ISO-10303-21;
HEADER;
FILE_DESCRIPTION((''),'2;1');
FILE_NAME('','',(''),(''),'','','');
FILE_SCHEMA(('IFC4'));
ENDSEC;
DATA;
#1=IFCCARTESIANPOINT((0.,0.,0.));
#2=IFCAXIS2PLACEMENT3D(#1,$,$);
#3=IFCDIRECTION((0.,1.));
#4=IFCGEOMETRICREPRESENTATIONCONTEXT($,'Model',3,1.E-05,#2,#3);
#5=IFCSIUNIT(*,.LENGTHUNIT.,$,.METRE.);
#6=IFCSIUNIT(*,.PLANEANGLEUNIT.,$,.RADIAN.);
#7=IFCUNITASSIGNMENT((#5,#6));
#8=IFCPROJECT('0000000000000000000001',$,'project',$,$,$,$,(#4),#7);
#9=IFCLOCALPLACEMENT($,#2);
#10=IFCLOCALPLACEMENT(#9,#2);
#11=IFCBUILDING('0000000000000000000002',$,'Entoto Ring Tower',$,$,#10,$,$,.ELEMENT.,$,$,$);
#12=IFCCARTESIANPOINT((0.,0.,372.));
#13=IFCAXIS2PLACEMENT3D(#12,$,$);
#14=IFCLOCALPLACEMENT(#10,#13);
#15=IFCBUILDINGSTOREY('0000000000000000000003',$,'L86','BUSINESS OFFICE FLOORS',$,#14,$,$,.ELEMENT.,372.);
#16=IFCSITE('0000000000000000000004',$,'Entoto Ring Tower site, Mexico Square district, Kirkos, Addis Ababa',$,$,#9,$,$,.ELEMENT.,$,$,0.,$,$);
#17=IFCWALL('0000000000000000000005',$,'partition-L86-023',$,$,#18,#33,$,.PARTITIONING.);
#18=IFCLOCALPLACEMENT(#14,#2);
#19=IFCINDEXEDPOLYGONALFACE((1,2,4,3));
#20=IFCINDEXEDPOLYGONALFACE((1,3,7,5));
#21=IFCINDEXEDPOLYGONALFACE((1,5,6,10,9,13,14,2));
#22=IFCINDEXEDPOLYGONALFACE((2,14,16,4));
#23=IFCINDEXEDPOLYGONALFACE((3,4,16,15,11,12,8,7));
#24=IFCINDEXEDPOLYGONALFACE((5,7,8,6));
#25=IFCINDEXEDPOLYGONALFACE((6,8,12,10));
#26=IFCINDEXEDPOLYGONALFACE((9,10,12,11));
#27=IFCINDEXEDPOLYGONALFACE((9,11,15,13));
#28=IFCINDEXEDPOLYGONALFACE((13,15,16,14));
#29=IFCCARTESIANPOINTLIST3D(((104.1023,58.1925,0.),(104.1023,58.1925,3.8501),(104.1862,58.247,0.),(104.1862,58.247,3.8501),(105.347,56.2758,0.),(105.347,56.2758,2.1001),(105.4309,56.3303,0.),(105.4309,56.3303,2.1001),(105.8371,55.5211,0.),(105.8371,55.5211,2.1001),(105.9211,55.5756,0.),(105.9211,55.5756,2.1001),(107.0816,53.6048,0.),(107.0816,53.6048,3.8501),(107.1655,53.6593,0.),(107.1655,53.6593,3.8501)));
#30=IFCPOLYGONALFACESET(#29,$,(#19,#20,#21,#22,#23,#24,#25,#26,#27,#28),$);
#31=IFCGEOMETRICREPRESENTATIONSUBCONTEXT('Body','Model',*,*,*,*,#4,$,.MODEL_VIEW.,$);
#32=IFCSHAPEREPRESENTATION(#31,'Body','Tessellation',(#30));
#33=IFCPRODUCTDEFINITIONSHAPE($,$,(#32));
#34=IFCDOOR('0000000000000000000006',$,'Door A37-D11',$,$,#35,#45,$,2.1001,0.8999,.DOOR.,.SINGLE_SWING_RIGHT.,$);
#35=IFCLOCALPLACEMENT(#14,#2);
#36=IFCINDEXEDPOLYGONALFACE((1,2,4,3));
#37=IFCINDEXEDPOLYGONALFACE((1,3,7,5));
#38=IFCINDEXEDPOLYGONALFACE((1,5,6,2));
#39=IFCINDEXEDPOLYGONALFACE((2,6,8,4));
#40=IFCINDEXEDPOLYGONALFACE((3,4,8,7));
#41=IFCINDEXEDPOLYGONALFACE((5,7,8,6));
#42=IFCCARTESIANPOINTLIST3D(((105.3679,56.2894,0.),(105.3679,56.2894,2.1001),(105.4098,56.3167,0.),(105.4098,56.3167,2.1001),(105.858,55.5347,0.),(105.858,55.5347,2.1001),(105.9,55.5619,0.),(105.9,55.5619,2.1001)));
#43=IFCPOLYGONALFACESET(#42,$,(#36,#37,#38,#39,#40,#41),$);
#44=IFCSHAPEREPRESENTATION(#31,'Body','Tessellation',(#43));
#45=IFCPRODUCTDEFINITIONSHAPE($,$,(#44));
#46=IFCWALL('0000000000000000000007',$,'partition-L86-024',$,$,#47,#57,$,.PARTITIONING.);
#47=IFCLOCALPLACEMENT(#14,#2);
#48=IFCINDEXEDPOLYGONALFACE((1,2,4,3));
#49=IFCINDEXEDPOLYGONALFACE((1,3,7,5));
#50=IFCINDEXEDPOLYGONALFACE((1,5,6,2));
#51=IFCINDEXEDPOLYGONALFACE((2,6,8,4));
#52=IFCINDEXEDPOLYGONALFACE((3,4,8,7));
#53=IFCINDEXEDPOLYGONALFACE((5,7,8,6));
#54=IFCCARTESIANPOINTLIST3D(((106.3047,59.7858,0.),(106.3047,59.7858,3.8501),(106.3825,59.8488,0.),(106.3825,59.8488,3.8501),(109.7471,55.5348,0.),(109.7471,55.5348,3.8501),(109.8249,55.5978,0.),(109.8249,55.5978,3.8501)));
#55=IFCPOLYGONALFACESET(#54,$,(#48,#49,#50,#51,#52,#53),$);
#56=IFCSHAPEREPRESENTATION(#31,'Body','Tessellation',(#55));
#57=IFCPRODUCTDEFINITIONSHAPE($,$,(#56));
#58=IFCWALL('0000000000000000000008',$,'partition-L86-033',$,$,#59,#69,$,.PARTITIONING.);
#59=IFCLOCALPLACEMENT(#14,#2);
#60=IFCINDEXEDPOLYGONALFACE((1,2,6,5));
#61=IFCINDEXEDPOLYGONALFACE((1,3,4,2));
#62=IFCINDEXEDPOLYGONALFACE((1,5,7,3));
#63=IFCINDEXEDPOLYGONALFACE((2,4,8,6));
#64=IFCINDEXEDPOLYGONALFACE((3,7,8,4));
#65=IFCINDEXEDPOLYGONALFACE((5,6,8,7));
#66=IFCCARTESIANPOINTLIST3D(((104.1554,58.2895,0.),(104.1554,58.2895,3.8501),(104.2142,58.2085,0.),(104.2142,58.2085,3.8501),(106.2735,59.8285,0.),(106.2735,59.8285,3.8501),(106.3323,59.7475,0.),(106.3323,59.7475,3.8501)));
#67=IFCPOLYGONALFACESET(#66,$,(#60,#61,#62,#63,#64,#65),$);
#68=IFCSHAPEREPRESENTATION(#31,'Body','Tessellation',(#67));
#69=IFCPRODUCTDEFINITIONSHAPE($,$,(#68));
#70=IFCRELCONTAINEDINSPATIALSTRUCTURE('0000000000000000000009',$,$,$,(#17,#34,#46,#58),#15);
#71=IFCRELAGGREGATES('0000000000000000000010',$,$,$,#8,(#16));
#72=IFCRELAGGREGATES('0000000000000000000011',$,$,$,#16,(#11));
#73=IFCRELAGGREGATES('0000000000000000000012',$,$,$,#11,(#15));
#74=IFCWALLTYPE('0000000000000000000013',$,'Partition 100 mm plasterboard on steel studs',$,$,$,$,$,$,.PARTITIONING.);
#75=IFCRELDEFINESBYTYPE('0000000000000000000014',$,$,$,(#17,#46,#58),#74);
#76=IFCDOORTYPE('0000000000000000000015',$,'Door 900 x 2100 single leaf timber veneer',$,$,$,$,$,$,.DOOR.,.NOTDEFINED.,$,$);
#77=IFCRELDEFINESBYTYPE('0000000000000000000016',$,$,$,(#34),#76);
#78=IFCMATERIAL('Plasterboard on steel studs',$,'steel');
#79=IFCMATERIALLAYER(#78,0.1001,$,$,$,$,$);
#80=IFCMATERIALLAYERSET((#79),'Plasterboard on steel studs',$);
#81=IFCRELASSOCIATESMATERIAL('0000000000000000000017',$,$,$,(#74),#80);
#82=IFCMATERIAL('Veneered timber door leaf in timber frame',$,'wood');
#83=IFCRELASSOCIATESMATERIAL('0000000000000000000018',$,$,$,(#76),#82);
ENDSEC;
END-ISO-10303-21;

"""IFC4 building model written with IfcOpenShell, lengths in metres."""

from ifc_helpers import new_model, si_unit, direction, frame, frame_2d, origin, place, context, subcontext, project, spatial, rectangle, extrude, material, layer, layer_set, type_object, element, fill, save


model = new_model("IFC4")

# Units and contexts
model_context = context("Model", 3, precision=1e-05, world=origin(), true_north=direction((0.0, 1.0)))
body_context = subcontext(model_context, "Body", "Model", "MODEL_VIEW")
ifc_project = project(units=[si_unit("LENGTHUNIT", "METRE"), si_unit("PLANEANGLEUNIT", "RADIAN")], contexts=[model_context])

# Site, building, storey
site_placement = place(None, origin())
site = spatial("IfcSite", under=ifc_project, at=site_placement, Name="Entoto Ring Tower site, Mexico Square district, Kirkos, Addis Ababa", CompositionType="ELEMENT", RefElevation=0.0)
building_placement = place(site_placement, origin())
building = spatial("IfcBuilding", under=site, at=building_placement, Name="Entoto Ring Tower", CompositionType="ELEMENT")
storey_placement = place(building_placement, frame((0.0, 0.0, 372.0)))
storey = spatial("IfcBuildingStorey", under=building, at=storey_placement, Name="L86", Description="BUSINESS OFFICE FLOORS", CompositionType="ELEMENT", Elevation=372.0)

# Wall, opening, door
ifc_material_1 = material(Name="Plasterboard on steel studs", Category="steel")
ifc_layer_1 = layer(ifc_material_1, 0.1001)
ifc_layer_set_1 = layer_set([ifc_layer_1], Name="Plasterboard on steel studs")
wall_type_1 = type_object("IfcWallType", Name="Partition 100 mm plasterboard on steel studs", PredefinedType="PARTITIONING", material=ifc_layer_set_1)
wall_1_placement = place(storey_placement, frame((107.1235, 53.6321, 0.0), z_axis=(0.0, 0.0, 1.0), x_axis=(-0.544638, 0.838671, 0.0)))
wall_1 = element("IfcWall", 1, at=wall_1_placement, inside=storey, type_object=wall_type_1, Name="partition-L86-023", PredefinedType="PARTITIONING", context=body_context, shape_type="SweptSolid", body=[
    extrude(rectangle(XDim=5.4702, YDim=0.1001, at=frame_2d((2.7351, 0.0))), origin(), (0.0, 0.0, 1.0), 3.8501),
])
opening_1_placement = place(wall_1_placement, frame((2.2849, 0.0, 0.0)))
opening_1 = element("IfcOpeningElement", 2, at=opening_1_placement, cuts=wall_1, PredefinedType="OPENING", context=body_context, shape_type="SweptSolid", body=[
    extrude(rectangle(XDim=0.8999, YDim=2.1001, at=frame_2d((0.45, 1.05))), frame((0.0, 0.0601, 0.0), z_axis=(0.0, -1.0, 0.0), x_axis=(1.0, 0.0, 0.0)), (0.0, 0.0, 1.0), 0.1201),
])
ifc_material_2 = material(Name="Veneered timber door leaf in timber frame", Category="wood")
door_type_1 = type_object("IfcDoorType", Name="Door 900 x 2100 single leaf timber veneer", OperationType="NOTDEFINED", PredefinedType="DOOR", material=ifc_material_2)
door_1_placement = place(opening_1_placement, frame((0.8999, 0.0, 0.0), z_axis=(0.0, 0.0, 1.0), x_axis=(-1.0, 0.0, 0.0)))
door_1 = element("IfcDoor", 3, at=door_1_placement, inside=storey, type_object=door_type_1, Name="Door A37-D11", OperationType="SINGLE_SWING_RIGHT", OverallHeight=2.1001, OverallWidth=0.8999, PredefinedType="DOOR", context=body_context, shape_type="SweptSolid", body=[
    extrude(rectangle(XDim=0.8999, YDim=2.1001, at=frame_2d((0.45, 1.05))), frame((0.0, 0.0249, 0.0), z_axis=(0.0, -1.0, 0.0), x_axis=(1.0, 0.0, 0.0)), (0.0, 0.0, 1.0), 0.05),
])
fill(opening_1, door_1)

# Walls
wall_2_placement = place(storey_placement, frame((109.7859, 55.5664, 0.0), z_axis=(0.0, 0.0, 1.0), x_axis=(-0.629321, 0.777145, 0.0)))
element("IfcWall", 4, at=wall_2_placement, inside=storey, type_object=wall_type_1, Name="partition-L86-024", PredefinedType="PARTITIONING", context=body_context, shape_type="SweptSolid", body=[
    extrude(rectangle(XDim=5.47, YDim=0.1001, at=frame_2d((2.7349, 0.0))), origin(), (0.0, 0.0, 1.0), 3.8501),
])
wall_3_placement = place(storey_placement, frame((104.1848, 58.249, 0.0), z_axis=(0.0, 0.0, 1.0), x_axis=(0.808994, 0.587817, 0.0)))
element("IfcWall", 5, at=wall_3_placement, inside=storey, type_object=wall_type_1, Name="partition-L86-033", PredefinedType="PARTITIONING", context=body_context, shape_type="SweptSolid", body=[
    extrude(rectangle(XDim=2.6182, YDim=0.1001, at=frame_2d((1.3091, 0.0))), origin(), (0.0, 0.0, 1.0), 3.8501),
])

save(model, "model.ifc")
